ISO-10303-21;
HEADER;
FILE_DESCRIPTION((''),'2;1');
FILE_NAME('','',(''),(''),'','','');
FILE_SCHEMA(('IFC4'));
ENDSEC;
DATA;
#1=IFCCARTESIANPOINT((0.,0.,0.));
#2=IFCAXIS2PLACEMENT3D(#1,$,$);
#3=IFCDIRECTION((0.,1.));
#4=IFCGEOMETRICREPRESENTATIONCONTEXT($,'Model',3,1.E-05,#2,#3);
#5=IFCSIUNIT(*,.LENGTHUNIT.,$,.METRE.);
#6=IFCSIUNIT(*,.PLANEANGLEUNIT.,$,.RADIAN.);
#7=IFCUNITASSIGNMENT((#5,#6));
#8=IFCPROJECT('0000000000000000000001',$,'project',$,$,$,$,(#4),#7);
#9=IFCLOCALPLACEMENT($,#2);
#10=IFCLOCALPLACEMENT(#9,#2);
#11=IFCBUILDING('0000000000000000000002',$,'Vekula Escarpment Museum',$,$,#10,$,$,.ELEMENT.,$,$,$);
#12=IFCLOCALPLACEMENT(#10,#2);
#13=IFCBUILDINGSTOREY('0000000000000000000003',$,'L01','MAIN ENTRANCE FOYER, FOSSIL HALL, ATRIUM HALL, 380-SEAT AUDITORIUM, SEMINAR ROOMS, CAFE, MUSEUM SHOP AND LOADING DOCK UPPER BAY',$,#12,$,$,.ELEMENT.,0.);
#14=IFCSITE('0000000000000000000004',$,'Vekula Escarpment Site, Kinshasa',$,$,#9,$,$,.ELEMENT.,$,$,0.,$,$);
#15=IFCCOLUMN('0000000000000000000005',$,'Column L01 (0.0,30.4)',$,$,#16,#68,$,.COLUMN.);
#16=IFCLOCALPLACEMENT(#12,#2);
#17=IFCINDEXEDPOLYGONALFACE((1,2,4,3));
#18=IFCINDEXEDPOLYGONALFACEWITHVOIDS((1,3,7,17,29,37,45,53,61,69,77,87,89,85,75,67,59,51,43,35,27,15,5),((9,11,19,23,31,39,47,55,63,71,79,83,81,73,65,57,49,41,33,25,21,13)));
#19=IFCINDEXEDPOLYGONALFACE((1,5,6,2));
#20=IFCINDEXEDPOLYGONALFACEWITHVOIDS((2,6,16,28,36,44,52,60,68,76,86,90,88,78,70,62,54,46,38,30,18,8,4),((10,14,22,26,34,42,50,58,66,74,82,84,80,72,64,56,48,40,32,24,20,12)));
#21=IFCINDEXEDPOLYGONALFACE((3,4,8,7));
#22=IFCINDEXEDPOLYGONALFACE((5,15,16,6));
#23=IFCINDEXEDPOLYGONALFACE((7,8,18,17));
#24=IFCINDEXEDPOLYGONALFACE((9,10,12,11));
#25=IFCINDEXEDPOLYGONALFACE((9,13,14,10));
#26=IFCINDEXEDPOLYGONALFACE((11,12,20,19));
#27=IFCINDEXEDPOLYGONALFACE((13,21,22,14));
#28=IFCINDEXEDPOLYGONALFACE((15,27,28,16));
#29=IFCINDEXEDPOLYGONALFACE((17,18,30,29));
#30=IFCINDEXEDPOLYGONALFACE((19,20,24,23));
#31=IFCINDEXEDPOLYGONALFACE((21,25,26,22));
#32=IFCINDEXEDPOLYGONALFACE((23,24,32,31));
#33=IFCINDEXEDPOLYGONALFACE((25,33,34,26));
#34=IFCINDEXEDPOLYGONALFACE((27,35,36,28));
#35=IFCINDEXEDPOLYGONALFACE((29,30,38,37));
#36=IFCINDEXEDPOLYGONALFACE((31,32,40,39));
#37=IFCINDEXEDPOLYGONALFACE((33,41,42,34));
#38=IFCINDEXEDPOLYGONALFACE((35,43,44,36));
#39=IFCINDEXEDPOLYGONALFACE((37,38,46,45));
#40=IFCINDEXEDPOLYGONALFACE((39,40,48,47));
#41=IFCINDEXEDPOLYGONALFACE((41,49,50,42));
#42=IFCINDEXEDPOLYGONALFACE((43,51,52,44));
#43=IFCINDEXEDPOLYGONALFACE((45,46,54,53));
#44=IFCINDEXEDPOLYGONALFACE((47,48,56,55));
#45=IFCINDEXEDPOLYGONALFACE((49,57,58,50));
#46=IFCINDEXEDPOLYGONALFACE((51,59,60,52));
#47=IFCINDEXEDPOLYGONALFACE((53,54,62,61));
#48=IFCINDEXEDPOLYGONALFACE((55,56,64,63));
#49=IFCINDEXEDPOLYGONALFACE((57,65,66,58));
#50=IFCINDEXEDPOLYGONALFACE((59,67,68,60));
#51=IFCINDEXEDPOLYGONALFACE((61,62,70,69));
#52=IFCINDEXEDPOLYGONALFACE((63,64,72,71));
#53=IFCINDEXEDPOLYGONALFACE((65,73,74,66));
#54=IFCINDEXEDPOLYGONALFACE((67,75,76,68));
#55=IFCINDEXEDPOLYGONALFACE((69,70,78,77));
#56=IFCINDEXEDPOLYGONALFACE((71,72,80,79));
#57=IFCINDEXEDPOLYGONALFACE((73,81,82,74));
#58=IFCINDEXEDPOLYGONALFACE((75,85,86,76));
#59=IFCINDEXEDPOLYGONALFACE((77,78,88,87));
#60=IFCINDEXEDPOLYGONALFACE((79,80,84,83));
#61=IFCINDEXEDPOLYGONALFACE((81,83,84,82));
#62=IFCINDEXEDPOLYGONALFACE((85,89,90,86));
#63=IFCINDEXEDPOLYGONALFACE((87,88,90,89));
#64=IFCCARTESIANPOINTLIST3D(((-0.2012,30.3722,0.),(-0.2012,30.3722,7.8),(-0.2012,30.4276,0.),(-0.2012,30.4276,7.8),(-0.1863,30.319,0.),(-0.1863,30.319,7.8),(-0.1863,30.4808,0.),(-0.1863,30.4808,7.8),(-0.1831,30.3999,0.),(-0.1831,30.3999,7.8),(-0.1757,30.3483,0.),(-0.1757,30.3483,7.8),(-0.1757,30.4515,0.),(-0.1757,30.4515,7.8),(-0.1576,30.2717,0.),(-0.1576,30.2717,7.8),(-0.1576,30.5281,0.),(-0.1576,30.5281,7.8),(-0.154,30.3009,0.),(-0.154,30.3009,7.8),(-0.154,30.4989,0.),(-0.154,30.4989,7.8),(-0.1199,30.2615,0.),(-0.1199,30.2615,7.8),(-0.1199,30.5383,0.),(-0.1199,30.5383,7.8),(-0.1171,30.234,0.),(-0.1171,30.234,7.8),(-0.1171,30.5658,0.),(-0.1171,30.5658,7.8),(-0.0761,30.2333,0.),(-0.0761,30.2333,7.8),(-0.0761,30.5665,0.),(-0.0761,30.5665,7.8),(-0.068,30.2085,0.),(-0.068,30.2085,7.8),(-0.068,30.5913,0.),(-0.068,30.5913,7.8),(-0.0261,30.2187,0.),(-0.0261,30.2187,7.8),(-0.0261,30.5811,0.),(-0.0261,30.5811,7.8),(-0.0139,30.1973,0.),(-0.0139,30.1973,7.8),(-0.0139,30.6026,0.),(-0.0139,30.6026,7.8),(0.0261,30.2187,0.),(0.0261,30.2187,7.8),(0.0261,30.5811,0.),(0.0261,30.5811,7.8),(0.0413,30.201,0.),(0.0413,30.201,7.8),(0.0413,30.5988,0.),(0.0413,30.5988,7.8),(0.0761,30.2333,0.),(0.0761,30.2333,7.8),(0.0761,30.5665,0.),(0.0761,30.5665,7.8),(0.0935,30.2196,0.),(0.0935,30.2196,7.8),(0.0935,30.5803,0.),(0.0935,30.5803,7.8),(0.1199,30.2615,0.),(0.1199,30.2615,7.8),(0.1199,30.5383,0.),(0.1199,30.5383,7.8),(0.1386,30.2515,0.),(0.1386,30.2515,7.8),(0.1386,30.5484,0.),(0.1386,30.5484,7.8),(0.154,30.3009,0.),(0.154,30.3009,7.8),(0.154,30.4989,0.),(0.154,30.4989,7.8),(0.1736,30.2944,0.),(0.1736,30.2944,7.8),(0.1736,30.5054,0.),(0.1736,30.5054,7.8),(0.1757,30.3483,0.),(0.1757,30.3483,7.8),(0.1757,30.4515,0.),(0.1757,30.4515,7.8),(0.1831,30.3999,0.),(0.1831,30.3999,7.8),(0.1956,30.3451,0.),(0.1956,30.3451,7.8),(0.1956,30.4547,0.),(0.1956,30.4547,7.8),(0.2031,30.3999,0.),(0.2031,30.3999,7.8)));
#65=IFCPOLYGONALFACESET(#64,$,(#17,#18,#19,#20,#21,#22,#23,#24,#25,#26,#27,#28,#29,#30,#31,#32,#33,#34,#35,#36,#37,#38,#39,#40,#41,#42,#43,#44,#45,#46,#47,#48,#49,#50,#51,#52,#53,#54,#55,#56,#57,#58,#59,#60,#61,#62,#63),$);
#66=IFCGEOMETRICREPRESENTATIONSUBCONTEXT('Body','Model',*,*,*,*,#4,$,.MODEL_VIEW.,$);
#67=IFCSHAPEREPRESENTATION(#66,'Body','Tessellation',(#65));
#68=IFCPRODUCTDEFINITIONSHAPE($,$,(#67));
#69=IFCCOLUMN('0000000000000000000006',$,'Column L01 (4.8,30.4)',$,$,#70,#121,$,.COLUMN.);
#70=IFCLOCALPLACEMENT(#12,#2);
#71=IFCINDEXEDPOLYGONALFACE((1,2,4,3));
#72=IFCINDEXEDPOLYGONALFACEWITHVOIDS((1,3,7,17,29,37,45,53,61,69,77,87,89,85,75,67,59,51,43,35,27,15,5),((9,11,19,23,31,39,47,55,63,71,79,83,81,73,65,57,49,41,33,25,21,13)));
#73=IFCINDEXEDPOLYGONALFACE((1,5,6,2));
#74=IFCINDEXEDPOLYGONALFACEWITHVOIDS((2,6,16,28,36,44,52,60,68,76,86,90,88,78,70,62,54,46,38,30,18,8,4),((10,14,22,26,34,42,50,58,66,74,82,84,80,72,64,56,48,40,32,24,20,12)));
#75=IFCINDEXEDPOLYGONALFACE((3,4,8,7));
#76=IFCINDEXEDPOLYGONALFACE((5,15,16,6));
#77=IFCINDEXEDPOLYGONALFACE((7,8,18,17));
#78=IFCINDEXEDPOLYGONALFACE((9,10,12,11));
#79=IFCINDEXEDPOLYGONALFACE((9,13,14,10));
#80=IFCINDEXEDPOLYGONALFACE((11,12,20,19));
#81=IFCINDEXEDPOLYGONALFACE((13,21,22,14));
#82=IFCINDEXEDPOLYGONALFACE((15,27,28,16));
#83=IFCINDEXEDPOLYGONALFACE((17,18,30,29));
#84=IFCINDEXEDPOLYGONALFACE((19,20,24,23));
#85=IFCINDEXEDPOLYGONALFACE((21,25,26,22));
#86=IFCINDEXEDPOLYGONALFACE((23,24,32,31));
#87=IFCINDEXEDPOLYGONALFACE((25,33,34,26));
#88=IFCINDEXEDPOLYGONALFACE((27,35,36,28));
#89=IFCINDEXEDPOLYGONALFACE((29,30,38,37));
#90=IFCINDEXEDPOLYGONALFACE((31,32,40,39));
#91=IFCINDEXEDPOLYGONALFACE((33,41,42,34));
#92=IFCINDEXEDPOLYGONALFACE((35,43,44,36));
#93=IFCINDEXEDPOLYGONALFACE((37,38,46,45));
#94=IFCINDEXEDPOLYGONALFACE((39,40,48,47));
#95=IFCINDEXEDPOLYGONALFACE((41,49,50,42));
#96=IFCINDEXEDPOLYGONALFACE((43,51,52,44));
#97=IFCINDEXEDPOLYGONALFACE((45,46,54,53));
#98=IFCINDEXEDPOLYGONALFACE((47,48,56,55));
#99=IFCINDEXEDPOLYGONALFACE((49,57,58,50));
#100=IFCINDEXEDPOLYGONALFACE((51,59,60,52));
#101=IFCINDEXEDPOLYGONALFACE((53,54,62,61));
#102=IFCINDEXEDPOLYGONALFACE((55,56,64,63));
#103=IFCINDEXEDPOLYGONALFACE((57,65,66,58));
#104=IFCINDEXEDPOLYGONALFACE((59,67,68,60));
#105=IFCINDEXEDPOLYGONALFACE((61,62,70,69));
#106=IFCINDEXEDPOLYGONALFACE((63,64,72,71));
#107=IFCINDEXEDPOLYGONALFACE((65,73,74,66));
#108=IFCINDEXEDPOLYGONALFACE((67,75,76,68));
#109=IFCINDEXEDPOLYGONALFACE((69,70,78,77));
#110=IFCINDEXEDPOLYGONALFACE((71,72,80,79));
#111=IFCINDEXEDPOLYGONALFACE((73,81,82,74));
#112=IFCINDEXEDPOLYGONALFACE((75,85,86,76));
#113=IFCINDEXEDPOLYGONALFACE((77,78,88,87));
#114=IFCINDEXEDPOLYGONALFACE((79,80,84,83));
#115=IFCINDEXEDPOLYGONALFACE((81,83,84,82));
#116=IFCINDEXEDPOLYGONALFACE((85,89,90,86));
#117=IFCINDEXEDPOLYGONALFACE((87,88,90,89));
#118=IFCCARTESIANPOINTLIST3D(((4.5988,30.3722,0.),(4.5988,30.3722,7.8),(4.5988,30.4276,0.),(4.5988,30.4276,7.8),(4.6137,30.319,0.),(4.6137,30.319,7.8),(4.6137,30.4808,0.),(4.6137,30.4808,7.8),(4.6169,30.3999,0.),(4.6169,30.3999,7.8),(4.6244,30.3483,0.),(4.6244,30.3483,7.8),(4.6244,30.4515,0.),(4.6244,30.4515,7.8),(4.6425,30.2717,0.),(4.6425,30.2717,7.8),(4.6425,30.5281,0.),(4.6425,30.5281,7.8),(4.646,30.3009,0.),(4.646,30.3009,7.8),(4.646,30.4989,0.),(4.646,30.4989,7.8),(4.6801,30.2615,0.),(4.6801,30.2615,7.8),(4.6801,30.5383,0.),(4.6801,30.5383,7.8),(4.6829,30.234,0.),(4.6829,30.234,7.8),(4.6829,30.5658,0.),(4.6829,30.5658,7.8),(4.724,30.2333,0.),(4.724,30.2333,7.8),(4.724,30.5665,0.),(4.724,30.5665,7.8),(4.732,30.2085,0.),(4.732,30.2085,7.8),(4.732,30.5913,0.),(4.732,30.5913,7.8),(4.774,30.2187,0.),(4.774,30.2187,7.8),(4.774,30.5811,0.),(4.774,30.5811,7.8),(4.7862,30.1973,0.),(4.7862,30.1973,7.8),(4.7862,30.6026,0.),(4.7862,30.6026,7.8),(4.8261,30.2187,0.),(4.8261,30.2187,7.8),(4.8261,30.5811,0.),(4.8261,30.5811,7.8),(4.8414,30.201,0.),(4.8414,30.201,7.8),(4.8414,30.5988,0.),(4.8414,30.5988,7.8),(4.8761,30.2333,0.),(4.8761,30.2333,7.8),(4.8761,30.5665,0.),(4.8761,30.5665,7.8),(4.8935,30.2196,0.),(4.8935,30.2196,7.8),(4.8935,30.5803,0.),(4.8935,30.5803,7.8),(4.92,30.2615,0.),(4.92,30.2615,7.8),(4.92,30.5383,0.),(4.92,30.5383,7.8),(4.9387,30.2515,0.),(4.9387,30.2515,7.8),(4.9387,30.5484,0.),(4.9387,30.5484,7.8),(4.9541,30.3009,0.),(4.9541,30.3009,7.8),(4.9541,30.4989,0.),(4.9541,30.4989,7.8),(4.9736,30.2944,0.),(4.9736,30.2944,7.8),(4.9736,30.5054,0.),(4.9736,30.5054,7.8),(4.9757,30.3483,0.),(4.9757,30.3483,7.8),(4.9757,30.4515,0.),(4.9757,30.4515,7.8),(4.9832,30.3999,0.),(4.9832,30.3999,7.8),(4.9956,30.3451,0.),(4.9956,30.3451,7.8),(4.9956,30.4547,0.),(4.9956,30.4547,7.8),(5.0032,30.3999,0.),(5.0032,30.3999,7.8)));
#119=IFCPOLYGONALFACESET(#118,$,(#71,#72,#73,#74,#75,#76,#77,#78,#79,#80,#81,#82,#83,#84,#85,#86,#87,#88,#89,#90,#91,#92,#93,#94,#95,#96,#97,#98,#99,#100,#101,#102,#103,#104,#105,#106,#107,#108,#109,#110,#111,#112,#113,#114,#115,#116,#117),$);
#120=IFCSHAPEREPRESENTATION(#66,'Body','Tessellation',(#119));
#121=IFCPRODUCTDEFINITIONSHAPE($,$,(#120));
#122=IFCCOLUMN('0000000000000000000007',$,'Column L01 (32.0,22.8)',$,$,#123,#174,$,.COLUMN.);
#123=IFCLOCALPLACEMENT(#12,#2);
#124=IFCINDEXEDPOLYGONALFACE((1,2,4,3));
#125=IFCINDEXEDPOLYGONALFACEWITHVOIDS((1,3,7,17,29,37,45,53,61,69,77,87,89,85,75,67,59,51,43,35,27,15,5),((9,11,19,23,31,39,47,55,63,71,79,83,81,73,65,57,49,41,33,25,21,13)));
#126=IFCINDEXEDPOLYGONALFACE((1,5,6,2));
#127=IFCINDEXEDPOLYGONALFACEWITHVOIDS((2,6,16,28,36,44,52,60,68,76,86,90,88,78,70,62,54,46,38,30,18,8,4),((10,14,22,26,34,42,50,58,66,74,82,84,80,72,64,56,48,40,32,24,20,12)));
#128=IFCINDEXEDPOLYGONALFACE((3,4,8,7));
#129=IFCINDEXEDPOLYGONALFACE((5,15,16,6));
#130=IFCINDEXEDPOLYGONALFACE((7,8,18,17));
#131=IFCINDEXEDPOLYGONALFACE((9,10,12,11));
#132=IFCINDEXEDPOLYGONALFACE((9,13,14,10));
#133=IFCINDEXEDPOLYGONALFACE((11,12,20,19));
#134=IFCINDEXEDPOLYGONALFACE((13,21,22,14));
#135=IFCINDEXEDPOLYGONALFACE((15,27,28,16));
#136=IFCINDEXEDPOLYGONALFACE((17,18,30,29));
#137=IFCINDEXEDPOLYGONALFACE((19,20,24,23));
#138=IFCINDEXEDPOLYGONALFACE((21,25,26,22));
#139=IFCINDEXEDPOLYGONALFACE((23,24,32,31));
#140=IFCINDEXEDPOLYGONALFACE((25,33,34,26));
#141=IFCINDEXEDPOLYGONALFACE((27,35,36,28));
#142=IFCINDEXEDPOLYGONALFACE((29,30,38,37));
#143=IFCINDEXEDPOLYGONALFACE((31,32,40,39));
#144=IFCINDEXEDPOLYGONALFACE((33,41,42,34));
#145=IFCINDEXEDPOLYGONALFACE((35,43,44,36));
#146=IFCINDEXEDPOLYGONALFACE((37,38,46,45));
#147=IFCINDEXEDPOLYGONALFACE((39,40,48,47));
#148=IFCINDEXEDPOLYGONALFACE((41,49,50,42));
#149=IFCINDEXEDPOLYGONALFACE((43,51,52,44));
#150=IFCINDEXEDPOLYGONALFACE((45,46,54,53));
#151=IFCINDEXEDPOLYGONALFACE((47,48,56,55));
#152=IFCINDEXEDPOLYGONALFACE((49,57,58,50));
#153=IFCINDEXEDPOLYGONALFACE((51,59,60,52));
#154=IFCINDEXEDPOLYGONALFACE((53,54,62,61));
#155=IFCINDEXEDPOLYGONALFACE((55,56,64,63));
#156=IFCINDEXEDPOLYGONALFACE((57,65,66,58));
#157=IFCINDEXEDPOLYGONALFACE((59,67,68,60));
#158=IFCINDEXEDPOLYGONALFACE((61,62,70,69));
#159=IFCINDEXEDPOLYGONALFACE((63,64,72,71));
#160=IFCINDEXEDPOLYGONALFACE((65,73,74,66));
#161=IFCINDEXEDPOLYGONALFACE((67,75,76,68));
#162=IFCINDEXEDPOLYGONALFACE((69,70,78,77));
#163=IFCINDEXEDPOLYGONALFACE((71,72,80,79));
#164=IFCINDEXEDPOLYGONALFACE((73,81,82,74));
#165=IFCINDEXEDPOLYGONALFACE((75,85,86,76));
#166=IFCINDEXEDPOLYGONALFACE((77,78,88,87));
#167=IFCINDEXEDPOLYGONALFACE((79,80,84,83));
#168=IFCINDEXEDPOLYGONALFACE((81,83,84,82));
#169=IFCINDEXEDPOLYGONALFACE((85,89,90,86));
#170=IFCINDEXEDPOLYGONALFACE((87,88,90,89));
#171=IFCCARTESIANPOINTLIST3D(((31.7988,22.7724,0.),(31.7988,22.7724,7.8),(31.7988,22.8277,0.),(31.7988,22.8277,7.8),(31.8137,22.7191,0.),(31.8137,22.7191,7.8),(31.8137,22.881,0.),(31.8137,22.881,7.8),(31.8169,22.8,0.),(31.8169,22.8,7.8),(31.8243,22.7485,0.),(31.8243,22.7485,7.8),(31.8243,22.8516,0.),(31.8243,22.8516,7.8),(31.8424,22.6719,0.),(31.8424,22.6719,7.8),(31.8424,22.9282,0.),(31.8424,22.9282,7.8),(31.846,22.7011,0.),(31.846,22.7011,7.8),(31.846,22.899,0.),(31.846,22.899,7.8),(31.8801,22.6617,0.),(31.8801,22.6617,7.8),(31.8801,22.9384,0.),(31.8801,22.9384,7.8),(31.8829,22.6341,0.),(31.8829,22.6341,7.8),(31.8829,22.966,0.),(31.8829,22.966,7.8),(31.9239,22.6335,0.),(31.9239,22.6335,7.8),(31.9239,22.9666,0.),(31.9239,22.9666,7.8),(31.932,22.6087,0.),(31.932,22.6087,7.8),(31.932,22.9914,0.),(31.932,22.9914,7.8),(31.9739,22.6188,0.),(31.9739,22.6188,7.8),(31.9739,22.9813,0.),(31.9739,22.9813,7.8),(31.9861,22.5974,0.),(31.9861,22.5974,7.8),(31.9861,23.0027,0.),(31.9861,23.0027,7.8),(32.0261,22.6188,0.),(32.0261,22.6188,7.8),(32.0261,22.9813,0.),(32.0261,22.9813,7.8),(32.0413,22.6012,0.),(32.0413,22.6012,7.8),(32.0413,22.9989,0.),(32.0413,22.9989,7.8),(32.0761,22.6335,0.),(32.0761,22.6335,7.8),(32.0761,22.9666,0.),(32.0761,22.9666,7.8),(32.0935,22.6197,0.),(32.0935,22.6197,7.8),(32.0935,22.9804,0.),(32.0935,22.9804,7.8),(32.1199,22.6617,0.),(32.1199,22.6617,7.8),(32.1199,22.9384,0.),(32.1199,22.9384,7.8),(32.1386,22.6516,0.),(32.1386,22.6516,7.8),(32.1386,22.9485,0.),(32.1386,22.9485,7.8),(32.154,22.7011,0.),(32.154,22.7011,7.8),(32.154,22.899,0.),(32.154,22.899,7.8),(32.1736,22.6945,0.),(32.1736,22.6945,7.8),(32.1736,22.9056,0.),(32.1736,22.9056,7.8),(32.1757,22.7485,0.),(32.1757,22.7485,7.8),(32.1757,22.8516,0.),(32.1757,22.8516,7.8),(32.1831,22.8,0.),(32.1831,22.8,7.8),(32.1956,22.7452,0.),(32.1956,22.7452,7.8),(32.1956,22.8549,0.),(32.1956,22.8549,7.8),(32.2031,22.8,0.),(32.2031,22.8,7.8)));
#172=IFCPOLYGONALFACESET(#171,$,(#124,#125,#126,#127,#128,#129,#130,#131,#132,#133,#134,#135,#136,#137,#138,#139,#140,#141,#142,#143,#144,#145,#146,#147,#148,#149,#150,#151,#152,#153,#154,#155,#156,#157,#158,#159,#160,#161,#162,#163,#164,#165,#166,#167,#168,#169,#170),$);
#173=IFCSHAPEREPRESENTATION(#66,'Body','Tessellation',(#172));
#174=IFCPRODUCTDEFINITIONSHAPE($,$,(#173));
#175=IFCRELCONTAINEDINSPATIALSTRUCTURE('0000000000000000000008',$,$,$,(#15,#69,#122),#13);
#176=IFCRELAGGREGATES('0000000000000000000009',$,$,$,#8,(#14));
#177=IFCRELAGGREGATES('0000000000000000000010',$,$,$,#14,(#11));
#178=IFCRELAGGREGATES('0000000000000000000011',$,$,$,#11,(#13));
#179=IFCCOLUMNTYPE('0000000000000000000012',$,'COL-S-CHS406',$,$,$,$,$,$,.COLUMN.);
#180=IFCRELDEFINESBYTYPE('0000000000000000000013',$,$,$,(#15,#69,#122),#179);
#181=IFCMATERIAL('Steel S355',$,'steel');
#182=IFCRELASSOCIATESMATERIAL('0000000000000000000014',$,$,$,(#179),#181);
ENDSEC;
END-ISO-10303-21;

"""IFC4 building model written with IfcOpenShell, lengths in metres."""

from ifc_helpers import new_model, si_unit, direction, frame, origin, origin_2d, place, context, subcontext, project, spatial, hollow_circle, extrude, material, material_profile, profile_set, type_object, element, save


model = new_model("IFC4")

# Units and contexts
model_context = context("Model", 3, precision=1e-05, world=origin(), true_north=direction((0.0, 1.0)))
body_context = subcontext(model_context, "Body", "Model", "MODEL_VIEW")
ifc_project = project(units=[si_unit("LENGTHUNIT", "METRE"), si_unit("PLANEANGLEUNIT", "RADIAN")], contexts=[model_context])

# Site, building, storey
site_placement = place(None, origin())
site = spatial("IfcSite", under=ifc_project, at=site_placement, Name="Vekula Escarpment Site, Kinshasa", CompositionType="ELEMENT", RefElevation=0.0)
building_placement = place(site_placement, origin())
building = spatial("IfcBuilding", under=site, at=building_placement, Name="Vekula Escarpment Museum", CompositionType="ELEMENT")
storey_placement = place(building_placement, origin())
storey = spatial("IfcBuildingStorey", under=building, at=storey_placement, Name="L01", Description="MAIN ENTRANCE FOYER, FOSSIL HALL, ATRIUM HALL, 380-SEAT AUDITORIUM, SEMINAR ROOMS, CAFE, MUSEUM SHOP AND LOADING DOCK UPPER BAY", CompositionType="ELEMENT", Elevation=0.0)

# Columns
ifc_material_1 = material(Name="Steel S355", Category="steel")
ifc_material_profile_1 = material_profile(ifc_material_1, hollow_circle(Radius=0.2031, WallThickness=0.02, at=origin_2d()), Name="CHS 406.4x20")
ifc_profile_set_1 = profile_set([ifc_material_profile_1], Name="Steel S355")
column_type_1 = type_object("IfcColumnType", Name="COL-S-CHS406", PredefinedType="COLUMN", material=ifc_profile_set_1)
for number, where, z_axis, x_axis, name in (
    (1, (0.0, 30.3999, 0.0), (0.0, 0.0, 1.0), (1.0, 0.0, 0.0), "Column L01 (0.0,30.4)"),
    (2, (4.8, 30.3999, 0.0), (0.0, 0.0, 1.0), (1.0, 0.0, 0.0), "Column L01 (4.8,30.4)"),
    (3, (32.0, 22.8, 0.0), (0.0, 0.0, 1.0), (1.0, 0.0, 0.0), "Column L01 (32.0,22.8)"),
):
    element("IfcColumn", number, at=place(storey_placement, frame(where, z_axis=z_axis, x_axis=x_axis)), inside=storey, type_object=column_type_1, Name=name, PredefinedType="COLUMN", context=body_context, shape_type="SweptSolid", body=[
        extrude(hollow_circle(Radius=0.2031, WallThickness=0.02, at=origin_2d()), origin(), (0.0, 0.0, 1.0), 7.8),
    ])

save(model, "model.ifc")
